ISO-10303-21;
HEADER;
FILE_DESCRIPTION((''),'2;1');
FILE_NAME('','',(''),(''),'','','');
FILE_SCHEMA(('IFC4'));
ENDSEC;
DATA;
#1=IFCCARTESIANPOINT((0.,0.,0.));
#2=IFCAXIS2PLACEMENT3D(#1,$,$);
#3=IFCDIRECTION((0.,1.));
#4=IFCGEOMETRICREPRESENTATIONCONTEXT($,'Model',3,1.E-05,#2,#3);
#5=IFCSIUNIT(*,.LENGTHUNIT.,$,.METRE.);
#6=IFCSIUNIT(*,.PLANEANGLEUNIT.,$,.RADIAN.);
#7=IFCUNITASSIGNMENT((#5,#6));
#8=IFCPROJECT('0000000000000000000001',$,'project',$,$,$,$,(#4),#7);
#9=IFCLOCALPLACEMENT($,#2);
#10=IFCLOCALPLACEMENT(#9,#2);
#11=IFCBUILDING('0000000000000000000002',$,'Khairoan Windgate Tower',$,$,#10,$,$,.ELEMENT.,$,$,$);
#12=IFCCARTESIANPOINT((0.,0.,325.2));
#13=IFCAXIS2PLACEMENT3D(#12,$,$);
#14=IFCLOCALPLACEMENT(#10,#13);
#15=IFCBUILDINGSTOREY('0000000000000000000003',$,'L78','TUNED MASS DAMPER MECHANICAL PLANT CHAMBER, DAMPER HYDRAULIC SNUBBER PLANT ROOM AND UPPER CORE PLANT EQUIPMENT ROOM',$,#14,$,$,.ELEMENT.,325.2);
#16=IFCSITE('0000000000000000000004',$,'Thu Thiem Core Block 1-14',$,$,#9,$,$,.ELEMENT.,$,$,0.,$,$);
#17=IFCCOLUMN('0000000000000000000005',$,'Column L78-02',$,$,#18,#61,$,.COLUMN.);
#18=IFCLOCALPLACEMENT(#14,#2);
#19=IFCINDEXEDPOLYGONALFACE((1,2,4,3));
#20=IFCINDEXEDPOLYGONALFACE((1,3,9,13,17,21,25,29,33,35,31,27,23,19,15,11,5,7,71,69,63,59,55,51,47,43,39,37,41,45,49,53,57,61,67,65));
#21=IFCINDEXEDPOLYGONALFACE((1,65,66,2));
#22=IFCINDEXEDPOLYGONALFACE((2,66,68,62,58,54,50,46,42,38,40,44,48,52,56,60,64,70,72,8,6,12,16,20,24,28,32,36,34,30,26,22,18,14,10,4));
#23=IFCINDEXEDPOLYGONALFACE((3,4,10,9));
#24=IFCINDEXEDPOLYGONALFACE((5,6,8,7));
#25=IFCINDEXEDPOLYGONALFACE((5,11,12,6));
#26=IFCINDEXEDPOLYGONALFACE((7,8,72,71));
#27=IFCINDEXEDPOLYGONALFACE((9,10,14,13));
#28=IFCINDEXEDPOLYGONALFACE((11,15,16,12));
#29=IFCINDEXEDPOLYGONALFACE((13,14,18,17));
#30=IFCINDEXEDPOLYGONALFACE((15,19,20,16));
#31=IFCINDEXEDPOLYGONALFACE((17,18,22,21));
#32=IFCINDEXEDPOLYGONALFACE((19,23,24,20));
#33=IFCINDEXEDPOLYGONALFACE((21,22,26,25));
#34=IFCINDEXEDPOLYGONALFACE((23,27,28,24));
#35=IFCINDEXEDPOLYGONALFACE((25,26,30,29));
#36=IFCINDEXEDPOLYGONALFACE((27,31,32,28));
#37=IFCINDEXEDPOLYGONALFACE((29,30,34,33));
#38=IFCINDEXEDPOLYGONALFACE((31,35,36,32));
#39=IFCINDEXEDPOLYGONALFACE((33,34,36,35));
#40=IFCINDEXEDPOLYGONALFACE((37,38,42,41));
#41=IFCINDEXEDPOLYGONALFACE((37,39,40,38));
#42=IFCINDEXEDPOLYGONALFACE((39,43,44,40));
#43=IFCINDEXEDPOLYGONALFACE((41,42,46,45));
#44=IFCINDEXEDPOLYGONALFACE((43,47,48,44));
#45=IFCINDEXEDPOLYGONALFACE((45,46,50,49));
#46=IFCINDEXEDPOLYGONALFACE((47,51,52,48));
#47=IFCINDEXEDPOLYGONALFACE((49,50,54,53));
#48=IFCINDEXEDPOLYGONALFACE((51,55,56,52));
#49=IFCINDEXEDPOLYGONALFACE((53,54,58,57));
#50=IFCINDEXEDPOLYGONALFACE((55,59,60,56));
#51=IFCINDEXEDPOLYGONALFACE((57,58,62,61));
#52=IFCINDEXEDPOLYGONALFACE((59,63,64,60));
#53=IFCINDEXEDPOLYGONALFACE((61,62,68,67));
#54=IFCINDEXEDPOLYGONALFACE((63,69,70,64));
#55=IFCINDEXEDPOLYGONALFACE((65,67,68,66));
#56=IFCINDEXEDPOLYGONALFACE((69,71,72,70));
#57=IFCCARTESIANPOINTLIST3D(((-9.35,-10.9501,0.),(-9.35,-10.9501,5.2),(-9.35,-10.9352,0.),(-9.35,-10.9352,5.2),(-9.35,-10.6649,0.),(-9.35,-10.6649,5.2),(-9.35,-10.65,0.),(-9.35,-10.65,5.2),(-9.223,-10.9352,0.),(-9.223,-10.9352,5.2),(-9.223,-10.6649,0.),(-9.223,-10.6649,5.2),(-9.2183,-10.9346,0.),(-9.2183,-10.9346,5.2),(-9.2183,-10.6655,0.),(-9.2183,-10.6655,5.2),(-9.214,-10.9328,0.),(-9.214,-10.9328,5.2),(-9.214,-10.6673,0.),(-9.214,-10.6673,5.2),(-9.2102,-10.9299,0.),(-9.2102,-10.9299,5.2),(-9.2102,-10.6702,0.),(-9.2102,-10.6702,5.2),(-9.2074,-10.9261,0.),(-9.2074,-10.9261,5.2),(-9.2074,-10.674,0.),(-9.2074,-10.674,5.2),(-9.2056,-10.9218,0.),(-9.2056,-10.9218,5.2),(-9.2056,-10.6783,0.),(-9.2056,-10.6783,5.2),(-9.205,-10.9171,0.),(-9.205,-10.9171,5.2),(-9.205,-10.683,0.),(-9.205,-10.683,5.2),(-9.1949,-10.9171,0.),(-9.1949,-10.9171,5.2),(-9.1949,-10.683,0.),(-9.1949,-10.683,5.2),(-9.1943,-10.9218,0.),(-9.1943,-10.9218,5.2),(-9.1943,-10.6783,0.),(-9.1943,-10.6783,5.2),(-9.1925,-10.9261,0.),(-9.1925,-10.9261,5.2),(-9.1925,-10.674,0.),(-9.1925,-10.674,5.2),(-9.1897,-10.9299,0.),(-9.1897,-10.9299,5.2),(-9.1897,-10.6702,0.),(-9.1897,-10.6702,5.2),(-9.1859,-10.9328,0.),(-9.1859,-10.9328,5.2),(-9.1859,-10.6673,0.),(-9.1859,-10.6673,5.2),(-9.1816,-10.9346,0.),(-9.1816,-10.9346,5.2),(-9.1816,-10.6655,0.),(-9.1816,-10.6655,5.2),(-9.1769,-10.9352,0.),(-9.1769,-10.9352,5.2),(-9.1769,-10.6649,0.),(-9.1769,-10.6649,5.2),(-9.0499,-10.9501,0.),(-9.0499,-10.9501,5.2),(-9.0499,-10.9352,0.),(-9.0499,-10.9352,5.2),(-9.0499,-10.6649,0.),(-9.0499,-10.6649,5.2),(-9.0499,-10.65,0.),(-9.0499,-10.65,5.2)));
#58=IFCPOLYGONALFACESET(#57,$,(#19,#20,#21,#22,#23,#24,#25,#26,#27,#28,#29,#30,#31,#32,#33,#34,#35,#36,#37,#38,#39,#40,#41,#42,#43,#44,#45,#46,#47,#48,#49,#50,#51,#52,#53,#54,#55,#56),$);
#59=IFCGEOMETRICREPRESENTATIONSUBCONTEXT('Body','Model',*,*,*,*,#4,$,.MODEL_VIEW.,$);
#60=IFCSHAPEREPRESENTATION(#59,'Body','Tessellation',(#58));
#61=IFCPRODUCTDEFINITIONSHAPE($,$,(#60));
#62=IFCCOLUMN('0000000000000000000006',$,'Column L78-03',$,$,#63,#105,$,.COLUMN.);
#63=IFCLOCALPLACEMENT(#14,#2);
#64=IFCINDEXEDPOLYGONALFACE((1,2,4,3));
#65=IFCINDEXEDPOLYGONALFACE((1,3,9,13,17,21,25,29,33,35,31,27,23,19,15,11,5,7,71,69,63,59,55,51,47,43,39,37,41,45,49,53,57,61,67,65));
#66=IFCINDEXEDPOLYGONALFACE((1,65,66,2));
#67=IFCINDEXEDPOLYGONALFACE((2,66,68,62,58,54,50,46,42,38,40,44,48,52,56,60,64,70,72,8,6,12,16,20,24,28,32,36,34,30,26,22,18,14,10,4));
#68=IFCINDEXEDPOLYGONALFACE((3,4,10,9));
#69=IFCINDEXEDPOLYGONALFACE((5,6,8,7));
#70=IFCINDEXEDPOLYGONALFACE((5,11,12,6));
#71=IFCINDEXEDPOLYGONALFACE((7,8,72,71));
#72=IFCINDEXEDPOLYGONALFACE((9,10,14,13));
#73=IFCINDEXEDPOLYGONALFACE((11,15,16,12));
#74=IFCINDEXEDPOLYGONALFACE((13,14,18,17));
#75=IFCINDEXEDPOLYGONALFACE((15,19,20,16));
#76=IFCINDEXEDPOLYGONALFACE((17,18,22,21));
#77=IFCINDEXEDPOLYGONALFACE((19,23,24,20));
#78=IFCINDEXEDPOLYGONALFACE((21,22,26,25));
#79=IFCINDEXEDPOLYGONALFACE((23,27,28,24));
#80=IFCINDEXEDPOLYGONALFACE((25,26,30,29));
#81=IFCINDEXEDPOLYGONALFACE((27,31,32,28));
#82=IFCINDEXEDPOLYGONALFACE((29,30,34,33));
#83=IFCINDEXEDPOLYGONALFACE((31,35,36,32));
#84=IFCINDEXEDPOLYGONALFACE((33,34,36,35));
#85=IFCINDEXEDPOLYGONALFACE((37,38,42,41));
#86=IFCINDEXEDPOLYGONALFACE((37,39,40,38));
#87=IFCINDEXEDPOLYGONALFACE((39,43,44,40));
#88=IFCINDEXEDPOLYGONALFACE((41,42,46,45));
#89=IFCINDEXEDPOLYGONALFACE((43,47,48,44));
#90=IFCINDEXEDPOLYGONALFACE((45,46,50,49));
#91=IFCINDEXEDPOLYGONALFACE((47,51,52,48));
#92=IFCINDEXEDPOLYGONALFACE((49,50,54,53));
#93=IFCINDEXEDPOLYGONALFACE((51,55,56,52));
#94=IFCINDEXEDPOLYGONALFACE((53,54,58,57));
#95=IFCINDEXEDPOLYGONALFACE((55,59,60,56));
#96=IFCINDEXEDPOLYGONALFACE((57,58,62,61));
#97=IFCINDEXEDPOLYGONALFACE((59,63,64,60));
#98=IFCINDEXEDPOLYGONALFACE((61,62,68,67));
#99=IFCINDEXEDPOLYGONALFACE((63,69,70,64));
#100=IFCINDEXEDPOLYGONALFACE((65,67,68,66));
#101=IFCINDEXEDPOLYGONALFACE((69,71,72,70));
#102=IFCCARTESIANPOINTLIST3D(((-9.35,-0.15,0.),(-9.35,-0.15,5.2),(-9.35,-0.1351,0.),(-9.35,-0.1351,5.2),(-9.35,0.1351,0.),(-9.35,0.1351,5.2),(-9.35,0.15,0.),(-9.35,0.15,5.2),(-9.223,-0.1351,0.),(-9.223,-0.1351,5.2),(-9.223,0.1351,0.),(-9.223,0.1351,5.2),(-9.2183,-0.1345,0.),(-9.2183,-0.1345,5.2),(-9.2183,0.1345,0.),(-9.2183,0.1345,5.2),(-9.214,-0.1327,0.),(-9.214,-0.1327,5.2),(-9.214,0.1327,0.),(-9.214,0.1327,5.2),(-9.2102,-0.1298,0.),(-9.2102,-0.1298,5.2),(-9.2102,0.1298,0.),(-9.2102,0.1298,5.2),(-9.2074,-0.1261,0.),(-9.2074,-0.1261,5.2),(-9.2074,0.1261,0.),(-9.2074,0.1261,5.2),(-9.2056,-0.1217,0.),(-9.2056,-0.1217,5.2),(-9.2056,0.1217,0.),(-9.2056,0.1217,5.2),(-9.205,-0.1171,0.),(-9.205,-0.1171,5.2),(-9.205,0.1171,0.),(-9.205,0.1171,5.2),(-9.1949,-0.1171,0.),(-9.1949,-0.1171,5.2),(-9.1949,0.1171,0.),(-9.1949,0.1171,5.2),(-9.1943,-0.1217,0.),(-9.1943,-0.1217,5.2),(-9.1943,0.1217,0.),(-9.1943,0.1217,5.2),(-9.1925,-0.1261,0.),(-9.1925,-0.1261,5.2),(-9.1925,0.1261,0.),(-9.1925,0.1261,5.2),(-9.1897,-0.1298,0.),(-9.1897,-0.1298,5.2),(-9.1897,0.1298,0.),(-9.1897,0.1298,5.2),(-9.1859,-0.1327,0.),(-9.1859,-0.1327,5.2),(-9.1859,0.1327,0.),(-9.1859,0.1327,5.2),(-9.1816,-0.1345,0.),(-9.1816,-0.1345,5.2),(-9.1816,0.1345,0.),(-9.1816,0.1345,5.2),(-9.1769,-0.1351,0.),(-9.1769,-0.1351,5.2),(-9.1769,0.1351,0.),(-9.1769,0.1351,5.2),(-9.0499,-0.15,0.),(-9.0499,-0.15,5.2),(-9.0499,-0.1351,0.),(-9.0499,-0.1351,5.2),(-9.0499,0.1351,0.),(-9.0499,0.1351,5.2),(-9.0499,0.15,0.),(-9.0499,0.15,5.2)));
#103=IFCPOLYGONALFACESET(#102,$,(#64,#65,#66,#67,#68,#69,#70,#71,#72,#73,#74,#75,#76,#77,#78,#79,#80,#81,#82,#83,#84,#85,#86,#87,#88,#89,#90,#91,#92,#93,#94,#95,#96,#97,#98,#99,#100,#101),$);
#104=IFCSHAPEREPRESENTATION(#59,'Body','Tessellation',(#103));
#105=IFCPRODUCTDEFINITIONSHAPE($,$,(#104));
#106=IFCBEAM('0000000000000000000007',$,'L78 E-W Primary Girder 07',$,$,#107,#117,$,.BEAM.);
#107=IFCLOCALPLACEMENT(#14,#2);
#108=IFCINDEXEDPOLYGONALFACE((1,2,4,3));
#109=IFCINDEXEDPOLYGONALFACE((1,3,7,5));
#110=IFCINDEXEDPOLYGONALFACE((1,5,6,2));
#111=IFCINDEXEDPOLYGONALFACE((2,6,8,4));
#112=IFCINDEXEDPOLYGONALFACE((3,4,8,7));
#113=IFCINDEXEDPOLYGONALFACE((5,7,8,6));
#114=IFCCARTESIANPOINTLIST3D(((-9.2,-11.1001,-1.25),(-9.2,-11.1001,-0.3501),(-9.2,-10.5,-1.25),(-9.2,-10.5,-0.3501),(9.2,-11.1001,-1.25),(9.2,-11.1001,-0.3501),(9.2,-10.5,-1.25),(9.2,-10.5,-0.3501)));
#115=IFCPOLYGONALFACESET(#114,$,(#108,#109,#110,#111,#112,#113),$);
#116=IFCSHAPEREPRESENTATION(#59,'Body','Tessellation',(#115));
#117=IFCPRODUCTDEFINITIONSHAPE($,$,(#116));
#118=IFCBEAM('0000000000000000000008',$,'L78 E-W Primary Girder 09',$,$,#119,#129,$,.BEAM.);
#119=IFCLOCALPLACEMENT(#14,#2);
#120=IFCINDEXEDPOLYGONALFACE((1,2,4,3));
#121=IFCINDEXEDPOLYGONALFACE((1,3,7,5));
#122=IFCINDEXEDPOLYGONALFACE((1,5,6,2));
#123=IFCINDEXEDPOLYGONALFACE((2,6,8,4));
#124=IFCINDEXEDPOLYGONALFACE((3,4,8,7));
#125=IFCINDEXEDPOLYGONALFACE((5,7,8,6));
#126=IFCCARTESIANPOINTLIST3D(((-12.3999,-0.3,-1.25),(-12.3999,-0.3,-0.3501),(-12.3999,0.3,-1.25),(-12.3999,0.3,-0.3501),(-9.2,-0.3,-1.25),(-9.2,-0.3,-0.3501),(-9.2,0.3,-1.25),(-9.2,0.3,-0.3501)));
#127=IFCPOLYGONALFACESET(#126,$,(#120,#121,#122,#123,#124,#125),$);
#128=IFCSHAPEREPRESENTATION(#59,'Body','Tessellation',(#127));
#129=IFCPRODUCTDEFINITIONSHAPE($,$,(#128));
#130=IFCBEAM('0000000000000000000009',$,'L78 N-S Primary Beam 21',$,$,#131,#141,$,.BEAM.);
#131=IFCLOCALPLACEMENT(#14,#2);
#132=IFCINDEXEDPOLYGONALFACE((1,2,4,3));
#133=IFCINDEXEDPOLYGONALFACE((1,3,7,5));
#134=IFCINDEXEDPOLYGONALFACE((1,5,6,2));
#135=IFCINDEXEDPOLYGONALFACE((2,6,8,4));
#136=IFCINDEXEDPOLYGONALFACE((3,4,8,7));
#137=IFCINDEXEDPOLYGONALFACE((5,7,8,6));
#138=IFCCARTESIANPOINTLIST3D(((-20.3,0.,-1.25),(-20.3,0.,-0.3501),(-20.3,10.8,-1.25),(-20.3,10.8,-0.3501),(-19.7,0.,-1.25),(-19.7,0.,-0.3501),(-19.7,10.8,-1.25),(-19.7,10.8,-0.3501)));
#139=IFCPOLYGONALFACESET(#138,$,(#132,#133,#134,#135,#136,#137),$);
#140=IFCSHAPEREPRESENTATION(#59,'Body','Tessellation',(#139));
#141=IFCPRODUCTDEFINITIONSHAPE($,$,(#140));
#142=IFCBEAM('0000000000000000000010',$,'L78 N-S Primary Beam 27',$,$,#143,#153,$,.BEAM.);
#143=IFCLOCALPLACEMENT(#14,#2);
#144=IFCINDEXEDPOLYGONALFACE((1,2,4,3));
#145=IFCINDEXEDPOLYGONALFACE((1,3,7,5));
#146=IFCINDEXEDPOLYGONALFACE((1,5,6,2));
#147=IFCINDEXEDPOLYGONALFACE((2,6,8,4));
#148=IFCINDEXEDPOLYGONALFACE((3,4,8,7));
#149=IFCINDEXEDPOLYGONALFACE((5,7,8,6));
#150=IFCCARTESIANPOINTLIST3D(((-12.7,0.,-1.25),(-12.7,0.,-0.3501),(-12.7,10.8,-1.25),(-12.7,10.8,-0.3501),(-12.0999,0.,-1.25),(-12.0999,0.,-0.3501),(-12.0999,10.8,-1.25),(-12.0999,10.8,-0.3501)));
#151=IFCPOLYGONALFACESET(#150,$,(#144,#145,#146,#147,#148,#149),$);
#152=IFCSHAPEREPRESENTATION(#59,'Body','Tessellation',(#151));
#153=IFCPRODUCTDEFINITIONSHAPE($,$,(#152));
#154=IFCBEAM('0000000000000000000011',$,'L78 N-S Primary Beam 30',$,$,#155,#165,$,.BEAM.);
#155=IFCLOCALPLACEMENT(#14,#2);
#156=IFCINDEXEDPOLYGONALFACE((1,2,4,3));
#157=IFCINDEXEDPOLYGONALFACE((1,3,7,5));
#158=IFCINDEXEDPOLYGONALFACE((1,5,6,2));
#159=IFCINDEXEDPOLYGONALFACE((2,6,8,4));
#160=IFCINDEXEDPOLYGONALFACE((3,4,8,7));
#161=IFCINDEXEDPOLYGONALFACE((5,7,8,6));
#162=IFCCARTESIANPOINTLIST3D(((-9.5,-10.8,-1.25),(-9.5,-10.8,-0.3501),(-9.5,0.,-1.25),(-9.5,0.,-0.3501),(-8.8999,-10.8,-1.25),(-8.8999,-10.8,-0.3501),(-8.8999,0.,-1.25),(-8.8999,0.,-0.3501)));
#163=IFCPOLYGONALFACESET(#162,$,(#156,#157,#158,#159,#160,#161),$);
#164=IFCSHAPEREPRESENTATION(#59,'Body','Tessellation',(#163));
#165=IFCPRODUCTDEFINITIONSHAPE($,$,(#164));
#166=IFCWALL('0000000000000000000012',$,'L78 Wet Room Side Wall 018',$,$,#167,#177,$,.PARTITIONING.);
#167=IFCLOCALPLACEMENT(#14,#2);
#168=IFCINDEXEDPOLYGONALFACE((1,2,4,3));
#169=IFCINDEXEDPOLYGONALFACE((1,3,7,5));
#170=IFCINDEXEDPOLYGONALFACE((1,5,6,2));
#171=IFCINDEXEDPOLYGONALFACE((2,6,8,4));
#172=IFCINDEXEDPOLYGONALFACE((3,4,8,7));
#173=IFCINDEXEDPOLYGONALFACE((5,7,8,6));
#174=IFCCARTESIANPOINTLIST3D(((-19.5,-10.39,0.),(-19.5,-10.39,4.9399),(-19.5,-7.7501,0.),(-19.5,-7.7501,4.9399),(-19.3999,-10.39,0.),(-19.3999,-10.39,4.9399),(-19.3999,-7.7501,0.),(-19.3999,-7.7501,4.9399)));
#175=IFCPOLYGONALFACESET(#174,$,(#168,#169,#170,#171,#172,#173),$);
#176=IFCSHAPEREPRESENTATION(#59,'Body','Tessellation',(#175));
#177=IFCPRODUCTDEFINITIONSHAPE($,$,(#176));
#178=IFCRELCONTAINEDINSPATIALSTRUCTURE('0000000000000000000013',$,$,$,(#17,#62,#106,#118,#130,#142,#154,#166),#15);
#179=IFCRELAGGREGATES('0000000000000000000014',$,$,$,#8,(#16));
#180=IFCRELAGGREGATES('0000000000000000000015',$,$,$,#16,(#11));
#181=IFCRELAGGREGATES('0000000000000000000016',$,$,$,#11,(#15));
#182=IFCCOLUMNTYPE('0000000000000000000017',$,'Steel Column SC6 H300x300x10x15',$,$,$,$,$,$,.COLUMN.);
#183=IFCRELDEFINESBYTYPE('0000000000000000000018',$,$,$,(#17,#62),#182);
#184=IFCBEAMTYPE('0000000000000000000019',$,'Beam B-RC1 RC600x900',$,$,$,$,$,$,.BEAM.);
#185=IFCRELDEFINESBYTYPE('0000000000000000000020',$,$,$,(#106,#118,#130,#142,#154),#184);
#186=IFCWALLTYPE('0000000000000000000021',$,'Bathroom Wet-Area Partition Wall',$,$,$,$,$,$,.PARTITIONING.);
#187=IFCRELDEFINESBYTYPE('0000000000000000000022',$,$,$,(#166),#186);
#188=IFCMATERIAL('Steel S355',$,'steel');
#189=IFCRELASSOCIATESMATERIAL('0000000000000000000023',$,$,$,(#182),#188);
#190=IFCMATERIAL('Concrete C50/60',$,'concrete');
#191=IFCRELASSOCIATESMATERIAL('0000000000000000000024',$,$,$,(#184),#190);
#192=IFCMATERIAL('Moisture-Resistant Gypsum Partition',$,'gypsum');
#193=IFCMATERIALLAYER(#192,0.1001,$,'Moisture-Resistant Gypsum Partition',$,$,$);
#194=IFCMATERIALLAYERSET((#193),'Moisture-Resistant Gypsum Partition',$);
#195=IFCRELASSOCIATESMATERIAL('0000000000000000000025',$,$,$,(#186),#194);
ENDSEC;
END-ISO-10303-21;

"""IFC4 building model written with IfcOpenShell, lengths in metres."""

from ifc_helpers import new_model, si_unit, direction, frame, frame_2d, origin, origin_2d, place, context, subcontext, project, spatial, rectangle, i_section, extrude, material, layer, layer_set, material_profile, profile_set, type_object, element, save


model = new_model("IFC4")

# Units and contexts
model_context = context("Model", 3, precision=1e-05, world=origin(), true_north=direction((0.0, 1.0)))
body_context = subcontext(model_context, "Body", "Model", "MODEL_VIEW")
ifc_project = project(units=[si_unit("LENGTHUNIT", "METRE"), si_unit("PLANEANGLEUNIT", "RADIAN")], contexts=[model_context])

# Site, building, storey
site_placement = place(None, origin())
site = spatial("IfcSite", under=ifc_project, at=site_placement, Name="Thu Thiem Core Block 1-14", CompositionType="ELEMENT", RefElevation=0.0)
building_placement = place(site_placement, origin())
building = spatial("IfcBuilding", under=site, at=building_placement, Name="Khairoan Windgate Tower", CompositionType="ELEMENT")
storey_placement = place(building_placement, frame((0.0, 0.0, 325.2)))
storey = spatial("IfcBuildingStorey", under=building, at=storey_placement, Name="L78", Description="TUNED MASS DAMPER MECHANICAL PLANT CHAMBER, DAMPER HYDRAULIC SNUBBER PLANT ROOM AND UPPER CORE PLANT EQUIPMENT ROOM", CompositionType="ELEMENT", Elevation=325.2)

# Columns
ifc_material_1 = material(Name="Steel S355", Category="steel")
ifc_material_profile_1 = material_profile(ifc_material_1, i_section(OverallWidth=0.3, OverallDepth=0.3, WebThickness=0.01, FlangeThickness=0.0149, FilletRadius=0.0181, at=origin_2d()))
ifc_profile_set_1 = profile_set([ifc_material_profile_1], Name="Steel S355")
column_type = type_object("IfcColumnType", Name="Steel Column SC6 H300x300x10x15", PredefinedType="COLUMN", material=ifc_profile_set_1)
for number, where, z_axis, x_axis, name in (
    (1, (-9.2, -10.8, 0.0), (0.0, 0.0, 1.0), (1.0, 0.0, 0.0), "Column L78-02"),
    (2, (-9.2, 0.0, 0.0), (0.0, 0.0, 1.0), (1.0, 0.0, 0.0), "Column L78-03"),
):
    element("IfcColumn", number, at=place(storey_placement, frame(where, z_axis=z_axis, x_axis=x_axis)), inside=storey, type_object=column_type, Name=name, PredefinedType="COLUMN", context=body_context, shape_type="SweptSolid", body=[
        extrude(i_section(OverallWidth=0.3, OverallDepth=0.3, WebThickness=0.01, FlangeThickness=0.0149, FilletRadius=0.0181, at=origin_2d()), origin(), (0.0, 0.0, 1.0), 5.2),
    ])

# Beams
ifc_material_2 = material(Name="Concrete C50/60", Category="concrete")
ifc_material_profile_2 = material_profile(ifc_material_2, rectangle(XDim=0.6001, YDim=0.8999, at=origin_2d()))
ifc_profile_set_2 = profile_set([ifc_material_profile_2], Name="Concrete C50/60")
beam_type = type_object("IfcBeamType", Name="Beam B-RC1 RC600x900", PredefinedType="BEAM", material=ifc_profile_set_2)
beam_1_placement = place(storey_placement, frame((-9.2, -10.8, -0.8), z_axis=(1.0, 0.0, 0.0), x_axis=(0.0, 1.0, 0.0)))
element("IfcBeam", 3, at=beam_1_placement, inside=storey, type_object=beam_type, Name="L78 E-W Primary Girder 07", PredefinedType="BEAM", context=body_context, shape_type="SweptSolid", body=[
    extrude(rectangle(XDim=0.6001, YDim=0.8999, at=origin_2d()), origin(), (0.0, 0.0, 1.0), 18.3999),
])
beam_2_placement = place(storey_placement, frame((-12.3999, 0.0, -0.8), z_axis=(1.0, 0.0, 0.0), x_axis=(0.0, 1.0, 0.0)))
element("IfcBeam", 4, at=beam_2_placement, inside=storey, type_object=beam_type, Name="L78 E-W Primary Girder 09", PredefinedType="BEAM", context=body_context, shape_type="SweptSolid", body=[
    extrude(rectangle(XDim=0.6001, YDim=0.8999, at=origin_2d()), origin(), (0.0, 0.0, 1.0), 3.2),
])
for number, where, z_axis, x_axis, name in (
    (5, (-20.0, 0.0, -0.8), (0.0, 1.0, 0.0), (-1.0, 0.0, 0.0), "L78 N-S Primary Beam 21"),
    (6, (-12.3999, 0.0, -0.8), (0.0, 1.0, 0.0), (-1.0, 0.0, 0.0), "L78 N-S Primary Beam 27"),
    (7, (-9.2, -10.8, -0.8), (0.0, 1.0, 0.0), (-1.0, 0.0, 0.0), "L78 N-S Primary Beam 30"),
):
    element("IfcBeam", number, at=place(storey_placement, frame(where, z_axis=z_axis, x_axis=x_axis)), inside=storey, type_object=beam_type, Name=name, PredefinedType="BEAM", context=body_context, shape_type="SweptSolid", body=[
        extrude(rectangle(XDim=0.6001, YDim=0.8999, at=origin_2d()), origin(), (0.0, 0.0, 1.0), 10.8),
    ])

# Wall
ifc_material_3 = material(Name="Moisture-Resistant Gypsum Partition", Category="gypsum")
ifc_layer_1 = layer(ifc_material_3, 0.1001, Name="Moisture-Resistant Gypsum Partition")
ifc_layer_set_1 = layer_set([ifc_layer_1], Name="Moisture-Resistant Gypsum Partition")
wall_type_1 = type_object("IfcWallType", Name="Bathroom Wet-Area Partition Wall", PredefinedType="PARTITIONING", material=ifc_layer_set_1)
wall_1_placement = place(storey_placement, frame((-19.45, -10.3899, 0.0), z_axis=(0.0, 0.0, 1.0), x_axis=(0.0, 1.0, 0.0)))
element("IfcWall", 8, at=wall_1_placement, inside=storey, type_object=wall_type_1, Name="L78 Wet Room Side Wall 018", PredefinedType="PARTITIONING", context=body_context, shape_type="SweptSolid", body=[
    extrude(rectangle(XDim=2.6399, YDim=0.1001, at=frame_2d((1.3198, 0.0))), origin(), (0.0, 0.0, 1.0), 4.9399),
])

save(model, "model.ifc")
